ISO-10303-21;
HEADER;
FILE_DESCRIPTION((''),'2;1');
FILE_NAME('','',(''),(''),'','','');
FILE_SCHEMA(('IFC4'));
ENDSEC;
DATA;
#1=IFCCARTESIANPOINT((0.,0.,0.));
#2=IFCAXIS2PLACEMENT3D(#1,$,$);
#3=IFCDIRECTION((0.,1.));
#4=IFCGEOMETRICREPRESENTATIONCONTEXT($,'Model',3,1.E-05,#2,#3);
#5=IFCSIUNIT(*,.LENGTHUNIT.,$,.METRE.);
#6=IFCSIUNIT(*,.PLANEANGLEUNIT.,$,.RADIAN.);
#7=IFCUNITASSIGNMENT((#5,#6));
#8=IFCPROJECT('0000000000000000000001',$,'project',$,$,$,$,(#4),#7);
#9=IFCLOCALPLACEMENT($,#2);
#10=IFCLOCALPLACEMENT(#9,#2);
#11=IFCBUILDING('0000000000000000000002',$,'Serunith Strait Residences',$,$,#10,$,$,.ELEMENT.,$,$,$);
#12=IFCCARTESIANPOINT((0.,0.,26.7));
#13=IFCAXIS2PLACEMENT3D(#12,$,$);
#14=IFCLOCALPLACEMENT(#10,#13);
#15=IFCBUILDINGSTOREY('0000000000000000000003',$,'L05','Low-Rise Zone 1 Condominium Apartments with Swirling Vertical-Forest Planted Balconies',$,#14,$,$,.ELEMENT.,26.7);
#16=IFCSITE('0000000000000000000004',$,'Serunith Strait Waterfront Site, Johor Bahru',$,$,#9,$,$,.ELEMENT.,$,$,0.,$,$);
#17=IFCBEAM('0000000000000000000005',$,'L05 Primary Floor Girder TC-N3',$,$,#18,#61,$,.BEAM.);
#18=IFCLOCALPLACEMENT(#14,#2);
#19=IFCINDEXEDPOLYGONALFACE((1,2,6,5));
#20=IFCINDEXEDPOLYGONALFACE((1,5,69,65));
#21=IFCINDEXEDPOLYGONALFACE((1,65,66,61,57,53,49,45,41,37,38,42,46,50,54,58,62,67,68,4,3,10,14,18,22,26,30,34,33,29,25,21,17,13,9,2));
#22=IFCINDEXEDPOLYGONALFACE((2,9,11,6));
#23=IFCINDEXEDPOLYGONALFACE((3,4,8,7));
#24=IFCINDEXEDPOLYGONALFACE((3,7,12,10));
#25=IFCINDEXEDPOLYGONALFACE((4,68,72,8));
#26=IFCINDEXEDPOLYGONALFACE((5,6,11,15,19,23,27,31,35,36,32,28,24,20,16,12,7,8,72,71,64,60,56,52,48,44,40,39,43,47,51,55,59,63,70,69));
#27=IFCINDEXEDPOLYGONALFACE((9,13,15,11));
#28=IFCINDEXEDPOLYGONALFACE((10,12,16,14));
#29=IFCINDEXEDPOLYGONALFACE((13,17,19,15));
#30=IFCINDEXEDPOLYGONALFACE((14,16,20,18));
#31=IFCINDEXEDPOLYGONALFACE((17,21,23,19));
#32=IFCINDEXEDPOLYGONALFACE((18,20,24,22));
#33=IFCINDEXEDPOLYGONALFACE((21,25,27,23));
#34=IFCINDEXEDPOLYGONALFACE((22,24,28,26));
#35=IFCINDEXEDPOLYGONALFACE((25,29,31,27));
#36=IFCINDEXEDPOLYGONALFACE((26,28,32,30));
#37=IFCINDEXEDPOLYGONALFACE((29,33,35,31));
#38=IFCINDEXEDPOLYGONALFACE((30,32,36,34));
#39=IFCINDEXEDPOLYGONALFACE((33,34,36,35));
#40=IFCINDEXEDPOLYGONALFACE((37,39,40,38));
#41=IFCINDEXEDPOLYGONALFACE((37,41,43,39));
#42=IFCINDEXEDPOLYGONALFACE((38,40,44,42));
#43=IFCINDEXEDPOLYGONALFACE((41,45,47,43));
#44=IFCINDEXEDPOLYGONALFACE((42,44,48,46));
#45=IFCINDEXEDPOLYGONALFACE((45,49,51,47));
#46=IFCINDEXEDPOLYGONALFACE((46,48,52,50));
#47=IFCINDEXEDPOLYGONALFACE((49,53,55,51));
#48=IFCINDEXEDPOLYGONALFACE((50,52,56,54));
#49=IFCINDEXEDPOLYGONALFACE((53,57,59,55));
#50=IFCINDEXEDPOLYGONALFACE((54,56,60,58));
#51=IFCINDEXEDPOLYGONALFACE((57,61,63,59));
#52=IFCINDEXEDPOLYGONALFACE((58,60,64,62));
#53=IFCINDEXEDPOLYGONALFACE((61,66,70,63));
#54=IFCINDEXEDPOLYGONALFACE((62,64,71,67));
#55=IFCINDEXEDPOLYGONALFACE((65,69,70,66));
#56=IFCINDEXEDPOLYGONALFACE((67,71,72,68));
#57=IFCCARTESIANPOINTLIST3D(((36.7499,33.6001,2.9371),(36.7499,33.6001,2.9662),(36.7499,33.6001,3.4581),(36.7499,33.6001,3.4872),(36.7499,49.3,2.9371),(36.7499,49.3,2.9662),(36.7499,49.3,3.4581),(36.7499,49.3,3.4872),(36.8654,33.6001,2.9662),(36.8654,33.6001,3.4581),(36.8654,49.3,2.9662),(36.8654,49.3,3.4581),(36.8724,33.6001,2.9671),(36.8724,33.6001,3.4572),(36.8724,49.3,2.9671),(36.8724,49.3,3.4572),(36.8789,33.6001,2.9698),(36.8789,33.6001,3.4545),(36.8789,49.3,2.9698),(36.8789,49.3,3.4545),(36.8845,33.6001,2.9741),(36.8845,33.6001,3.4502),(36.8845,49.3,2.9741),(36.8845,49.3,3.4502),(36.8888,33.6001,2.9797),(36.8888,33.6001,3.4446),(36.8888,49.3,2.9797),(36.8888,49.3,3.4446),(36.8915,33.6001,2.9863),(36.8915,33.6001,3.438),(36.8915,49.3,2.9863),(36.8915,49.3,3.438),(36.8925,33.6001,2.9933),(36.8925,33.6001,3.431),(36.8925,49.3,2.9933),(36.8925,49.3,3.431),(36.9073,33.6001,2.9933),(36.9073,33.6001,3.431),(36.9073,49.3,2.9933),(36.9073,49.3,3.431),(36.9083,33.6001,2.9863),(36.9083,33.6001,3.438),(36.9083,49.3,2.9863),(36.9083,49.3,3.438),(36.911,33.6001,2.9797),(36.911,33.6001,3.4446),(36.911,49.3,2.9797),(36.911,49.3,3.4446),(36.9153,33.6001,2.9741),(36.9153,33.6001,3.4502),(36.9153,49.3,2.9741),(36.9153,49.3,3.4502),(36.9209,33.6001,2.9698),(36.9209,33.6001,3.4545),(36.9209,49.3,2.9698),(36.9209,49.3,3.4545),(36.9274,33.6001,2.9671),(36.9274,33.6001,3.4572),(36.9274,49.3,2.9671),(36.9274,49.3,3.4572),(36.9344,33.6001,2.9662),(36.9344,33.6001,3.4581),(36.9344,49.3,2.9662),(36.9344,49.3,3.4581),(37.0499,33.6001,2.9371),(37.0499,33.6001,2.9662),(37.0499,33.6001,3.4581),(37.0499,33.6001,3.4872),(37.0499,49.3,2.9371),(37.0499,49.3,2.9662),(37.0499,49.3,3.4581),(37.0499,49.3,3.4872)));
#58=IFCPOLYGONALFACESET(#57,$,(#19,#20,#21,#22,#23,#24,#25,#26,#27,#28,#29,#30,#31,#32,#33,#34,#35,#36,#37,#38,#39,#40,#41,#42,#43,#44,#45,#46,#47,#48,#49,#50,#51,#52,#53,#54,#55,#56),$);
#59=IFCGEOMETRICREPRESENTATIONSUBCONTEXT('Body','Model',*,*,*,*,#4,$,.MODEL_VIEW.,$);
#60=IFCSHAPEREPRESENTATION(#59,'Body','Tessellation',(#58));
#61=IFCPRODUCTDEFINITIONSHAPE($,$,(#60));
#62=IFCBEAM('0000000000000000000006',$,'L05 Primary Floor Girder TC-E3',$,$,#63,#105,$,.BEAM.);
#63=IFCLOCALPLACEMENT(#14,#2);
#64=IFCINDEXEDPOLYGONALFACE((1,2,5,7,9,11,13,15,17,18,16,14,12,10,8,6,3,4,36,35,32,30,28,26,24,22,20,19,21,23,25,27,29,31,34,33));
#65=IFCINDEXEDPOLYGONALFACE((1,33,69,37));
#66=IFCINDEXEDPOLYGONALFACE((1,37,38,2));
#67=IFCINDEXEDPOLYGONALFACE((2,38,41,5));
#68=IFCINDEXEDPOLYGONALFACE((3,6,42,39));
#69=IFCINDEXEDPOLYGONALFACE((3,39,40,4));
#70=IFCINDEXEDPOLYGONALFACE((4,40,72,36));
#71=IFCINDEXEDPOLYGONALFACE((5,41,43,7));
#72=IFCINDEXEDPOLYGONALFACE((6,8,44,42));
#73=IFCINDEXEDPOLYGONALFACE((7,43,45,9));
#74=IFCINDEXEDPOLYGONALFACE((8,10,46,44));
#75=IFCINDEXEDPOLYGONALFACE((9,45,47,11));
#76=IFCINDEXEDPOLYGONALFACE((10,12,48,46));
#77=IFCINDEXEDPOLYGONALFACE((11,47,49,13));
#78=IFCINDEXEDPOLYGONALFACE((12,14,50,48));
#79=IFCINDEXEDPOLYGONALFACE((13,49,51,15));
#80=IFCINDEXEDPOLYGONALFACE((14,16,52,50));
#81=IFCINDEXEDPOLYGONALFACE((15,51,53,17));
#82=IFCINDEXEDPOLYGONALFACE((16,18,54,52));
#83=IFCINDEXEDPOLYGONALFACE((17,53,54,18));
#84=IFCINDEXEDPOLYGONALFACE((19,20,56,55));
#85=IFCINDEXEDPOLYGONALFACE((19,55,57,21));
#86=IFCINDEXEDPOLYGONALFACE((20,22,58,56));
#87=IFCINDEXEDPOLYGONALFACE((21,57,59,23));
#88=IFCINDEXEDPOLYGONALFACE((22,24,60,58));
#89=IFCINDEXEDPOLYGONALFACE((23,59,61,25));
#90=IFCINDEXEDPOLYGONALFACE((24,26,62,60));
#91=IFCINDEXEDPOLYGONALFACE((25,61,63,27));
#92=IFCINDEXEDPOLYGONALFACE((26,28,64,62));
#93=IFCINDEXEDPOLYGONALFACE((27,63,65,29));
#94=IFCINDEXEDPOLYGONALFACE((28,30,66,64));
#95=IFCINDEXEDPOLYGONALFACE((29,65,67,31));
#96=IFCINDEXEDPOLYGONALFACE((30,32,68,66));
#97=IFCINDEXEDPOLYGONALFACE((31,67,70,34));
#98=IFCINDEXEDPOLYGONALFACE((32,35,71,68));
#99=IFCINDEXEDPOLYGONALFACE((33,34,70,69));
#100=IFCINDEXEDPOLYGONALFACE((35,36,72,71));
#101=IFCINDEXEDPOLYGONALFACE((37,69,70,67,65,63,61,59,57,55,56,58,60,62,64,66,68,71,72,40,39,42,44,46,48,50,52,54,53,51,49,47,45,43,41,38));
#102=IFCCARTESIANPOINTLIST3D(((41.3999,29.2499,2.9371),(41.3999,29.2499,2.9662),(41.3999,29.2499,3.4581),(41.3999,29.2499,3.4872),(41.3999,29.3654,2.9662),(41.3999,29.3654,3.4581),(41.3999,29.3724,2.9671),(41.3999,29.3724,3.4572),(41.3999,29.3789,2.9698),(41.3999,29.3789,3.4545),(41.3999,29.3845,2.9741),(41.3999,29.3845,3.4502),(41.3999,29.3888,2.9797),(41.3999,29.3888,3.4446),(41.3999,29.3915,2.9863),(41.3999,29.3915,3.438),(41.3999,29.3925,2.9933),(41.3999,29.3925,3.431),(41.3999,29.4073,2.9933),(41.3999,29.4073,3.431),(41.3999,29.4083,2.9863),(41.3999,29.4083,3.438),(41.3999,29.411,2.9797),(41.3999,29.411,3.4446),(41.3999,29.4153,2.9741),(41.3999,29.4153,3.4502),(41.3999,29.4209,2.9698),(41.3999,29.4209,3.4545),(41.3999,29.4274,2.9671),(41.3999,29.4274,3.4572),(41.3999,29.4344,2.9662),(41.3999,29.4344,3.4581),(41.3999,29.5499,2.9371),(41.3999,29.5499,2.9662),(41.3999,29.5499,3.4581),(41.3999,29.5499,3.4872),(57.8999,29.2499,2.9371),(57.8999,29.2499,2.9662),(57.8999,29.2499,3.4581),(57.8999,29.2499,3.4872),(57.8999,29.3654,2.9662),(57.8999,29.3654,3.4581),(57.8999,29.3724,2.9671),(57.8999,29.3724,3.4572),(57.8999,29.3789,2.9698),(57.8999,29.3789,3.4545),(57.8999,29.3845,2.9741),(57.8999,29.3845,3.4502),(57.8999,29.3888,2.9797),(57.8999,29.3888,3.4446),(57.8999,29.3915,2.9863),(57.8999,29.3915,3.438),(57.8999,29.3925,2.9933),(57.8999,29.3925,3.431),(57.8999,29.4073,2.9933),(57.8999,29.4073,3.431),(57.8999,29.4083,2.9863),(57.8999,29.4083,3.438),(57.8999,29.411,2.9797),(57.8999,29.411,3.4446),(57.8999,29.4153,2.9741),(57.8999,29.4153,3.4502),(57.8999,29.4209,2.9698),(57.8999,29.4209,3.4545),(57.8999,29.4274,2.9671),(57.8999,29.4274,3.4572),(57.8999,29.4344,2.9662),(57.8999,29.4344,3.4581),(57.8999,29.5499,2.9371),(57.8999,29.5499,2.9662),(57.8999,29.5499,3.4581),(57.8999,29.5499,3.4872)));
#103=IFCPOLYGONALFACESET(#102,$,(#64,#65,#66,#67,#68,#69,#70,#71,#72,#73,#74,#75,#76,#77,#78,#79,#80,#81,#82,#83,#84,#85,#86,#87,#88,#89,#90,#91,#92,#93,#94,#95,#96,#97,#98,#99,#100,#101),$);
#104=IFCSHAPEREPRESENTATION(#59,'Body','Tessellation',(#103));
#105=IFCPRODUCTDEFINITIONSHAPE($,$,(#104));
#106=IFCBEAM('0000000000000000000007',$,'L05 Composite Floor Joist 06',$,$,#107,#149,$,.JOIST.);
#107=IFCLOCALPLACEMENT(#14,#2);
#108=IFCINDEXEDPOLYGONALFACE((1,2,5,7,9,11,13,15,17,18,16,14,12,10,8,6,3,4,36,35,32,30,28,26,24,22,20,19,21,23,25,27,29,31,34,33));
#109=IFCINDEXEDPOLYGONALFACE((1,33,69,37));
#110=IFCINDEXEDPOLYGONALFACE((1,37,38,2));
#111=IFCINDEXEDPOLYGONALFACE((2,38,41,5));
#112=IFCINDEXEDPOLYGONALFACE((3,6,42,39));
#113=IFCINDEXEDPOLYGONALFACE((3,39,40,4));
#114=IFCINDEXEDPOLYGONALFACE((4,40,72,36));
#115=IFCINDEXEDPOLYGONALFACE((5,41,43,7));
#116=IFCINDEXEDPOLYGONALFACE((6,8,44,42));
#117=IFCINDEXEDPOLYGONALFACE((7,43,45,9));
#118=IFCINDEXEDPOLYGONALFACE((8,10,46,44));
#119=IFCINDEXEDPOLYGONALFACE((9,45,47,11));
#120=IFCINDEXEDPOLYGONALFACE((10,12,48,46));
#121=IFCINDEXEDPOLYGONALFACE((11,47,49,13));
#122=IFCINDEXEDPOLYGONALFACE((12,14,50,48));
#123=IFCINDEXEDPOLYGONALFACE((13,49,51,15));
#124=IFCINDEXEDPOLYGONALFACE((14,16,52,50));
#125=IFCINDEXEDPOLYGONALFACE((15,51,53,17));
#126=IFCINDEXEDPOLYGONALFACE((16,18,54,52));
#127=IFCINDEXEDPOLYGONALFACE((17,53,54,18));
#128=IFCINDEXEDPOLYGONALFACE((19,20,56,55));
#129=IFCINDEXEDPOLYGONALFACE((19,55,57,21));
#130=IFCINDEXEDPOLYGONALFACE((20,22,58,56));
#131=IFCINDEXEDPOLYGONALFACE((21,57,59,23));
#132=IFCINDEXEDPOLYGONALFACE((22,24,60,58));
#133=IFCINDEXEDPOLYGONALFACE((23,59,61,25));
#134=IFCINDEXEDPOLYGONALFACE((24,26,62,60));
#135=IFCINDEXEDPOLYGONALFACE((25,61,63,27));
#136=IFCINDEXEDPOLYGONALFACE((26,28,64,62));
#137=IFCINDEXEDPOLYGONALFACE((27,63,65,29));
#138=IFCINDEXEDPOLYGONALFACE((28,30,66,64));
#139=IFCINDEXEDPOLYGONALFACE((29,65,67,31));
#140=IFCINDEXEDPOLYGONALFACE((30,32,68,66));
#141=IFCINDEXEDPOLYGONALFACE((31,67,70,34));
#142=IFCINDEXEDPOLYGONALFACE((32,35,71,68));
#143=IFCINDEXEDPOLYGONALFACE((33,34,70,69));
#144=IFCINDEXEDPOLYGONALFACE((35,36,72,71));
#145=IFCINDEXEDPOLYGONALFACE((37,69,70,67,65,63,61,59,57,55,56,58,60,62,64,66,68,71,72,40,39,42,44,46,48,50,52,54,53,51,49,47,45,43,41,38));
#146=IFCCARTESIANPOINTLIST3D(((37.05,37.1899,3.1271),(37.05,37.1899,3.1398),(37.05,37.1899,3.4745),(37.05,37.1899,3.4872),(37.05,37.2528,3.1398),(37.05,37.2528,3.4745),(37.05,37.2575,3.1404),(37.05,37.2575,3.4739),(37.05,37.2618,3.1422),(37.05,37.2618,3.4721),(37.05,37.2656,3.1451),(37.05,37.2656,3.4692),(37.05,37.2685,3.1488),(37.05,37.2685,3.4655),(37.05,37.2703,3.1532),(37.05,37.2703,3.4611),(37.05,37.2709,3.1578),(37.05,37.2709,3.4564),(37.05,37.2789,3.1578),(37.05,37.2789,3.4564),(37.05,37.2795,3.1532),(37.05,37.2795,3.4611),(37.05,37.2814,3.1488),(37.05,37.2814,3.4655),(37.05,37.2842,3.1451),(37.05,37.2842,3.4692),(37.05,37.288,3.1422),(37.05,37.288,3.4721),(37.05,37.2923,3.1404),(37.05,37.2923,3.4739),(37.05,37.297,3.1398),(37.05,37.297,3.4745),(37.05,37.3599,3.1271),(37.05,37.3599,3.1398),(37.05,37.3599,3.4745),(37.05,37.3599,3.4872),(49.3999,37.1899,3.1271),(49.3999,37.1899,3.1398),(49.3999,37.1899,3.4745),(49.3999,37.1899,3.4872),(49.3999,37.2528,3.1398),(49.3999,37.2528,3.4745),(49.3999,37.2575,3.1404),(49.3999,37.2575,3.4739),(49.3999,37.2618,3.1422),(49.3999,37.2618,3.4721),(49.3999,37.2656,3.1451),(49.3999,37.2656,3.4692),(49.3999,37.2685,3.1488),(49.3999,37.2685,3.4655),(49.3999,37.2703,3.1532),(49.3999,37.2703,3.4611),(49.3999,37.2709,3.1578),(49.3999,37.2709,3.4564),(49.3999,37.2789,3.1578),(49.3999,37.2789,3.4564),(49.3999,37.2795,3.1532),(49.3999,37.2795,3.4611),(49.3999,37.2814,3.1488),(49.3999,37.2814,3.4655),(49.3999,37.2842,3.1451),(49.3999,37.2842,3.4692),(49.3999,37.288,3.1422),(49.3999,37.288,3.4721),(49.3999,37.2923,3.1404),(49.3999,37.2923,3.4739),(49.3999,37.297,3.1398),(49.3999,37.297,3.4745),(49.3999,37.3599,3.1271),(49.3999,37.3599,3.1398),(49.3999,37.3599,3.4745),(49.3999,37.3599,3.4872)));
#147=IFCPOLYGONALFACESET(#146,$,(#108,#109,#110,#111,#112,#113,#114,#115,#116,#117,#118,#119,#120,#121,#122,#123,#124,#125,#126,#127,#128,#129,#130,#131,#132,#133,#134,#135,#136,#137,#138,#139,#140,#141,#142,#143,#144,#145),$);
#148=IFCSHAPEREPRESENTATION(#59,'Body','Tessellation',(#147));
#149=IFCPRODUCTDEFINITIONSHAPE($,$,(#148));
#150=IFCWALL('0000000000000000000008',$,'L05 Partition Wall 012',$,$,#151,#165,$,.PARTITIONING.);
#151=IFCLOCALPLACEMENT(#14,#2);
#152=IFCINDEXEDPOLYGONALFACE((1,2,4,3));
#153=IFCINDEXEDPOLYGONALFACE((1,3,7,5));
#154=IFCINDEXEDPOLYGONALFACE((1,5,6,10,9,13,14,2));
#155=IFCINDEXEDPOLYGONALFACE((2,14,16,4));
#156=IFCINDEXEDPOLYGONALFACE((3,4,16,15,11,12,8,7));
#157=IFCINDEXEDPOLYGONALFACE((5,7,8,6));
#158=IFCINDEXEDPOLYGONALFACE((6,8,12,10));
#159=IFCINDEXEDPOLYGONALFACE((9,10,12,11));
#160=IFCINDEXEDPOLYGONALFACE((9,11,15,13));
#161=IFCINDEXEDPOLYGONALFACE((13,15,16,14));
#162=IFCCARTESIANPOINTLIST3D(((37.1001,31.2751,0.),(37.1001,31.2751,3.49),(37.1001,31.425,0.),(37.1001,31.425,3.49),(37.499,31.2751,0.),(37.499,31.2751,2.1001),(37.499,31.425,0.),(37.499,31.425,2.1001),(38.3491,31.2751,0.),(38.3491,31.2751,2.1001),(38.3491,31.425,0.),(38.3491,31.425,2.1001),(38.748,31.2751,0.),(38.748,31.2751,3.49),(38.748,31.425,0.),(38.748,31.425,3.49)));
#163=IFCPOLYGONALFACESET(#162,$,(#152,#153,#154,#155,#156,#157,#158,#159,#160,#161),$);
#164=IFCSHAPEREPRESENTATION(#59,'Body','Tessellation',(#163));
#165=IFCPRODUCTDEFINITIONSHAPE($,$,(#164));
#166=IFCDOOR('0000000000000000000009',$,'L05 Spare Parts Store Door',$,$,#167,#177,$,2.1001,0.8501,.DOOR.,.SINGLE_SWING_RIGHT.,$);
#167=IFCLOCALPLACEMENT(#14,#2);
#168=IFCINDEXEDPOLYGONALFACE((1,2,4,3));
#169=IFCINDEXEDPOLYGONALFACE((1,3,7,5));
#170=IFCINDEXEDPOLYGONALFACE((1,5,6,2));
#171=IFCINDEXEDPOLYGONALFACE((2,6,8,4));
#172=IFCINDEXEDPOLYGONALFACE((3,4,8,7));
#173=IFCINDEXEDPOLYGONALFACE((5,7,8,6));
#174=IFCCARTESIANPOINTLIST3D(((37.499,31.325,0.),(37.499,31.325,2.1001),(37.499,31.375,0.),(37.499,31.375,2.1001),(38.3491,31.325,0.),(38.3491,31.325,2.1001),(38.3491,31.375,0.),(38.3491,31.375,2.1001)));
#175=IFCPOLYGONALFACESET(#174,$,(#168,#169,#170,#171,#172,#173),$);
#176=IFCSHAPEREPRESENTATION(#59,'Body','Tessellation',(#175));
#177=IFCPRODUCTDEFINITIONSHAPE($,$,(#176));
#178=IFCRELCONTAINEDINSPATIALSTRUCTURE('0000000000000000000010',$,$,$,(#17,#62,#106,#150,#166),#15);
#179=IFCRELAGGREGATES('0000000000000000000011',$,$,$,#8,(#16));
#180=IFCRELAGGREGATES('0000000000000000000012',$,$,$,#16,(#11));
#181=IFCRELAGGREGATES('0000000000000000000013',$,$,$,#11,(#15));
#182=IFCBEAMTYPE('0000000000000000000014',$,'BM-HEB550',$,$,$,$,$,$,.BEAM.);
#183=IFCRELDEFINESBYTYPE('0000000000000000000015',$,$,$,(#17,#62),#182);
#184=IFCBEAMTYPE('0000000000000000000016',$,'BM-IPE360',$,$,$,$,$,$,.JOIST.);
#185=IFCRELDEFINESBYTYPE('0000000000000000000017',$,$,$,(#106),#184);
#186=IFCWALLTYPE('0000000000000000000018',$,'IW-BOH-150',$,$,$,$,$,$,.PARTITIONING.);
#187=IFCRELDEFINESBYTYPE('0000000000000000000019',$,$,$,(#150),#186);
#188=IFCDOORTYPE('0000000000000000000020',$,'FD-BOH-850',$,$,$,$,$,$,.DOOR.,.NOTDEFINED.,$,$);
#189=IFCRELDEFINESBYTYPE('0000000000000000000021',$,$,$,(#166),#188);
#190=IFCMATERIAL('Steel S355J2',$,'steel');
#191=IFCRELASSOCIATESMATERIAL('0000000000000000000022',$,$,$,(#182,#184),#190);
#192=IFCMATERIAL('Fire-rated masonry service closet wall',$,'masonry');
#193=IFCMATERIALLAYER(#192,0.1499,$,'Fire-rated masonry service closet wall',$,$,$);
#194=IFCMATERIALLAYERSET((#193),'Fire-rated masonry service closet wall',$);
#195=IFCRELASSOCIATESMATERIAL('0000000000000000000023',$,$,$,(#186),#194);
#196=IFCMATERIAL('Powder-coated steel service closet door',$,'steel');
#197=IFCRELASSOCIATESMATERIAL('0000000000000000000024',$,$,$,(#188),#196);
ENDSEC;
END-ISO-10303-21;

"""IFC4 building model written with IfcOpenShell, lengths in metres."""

from ifc_helpers import new_model, si_unit, direction, frame, frame_2d, origin, origin_2d, place, context, subcontext, project, spatial, rectangle, i_section, extrude, source, transform, mapped, material, layer, layer_set, material_profile, profile_set, type_object, element, fill, save


model = new_model("IFC4")

# Units and contexts
model_context = context("Model", 3, precision=1e-05, world=origin(), true_north=direction((0.0, 1.0)))
body_context = subcontext(model_context, "Body", "Model", "MODEL_VIEW")
ifc_project = project(units=[si_unit("LENGTHUNIT", "METRE"), si_unit("PLANEANGLEUNIT", "RADIAN")], contexts=[model_context])

# Site, building, storey
site_placement = place(None, origin())
site = spatial("IfcSite", under=ifc_project, at=site_placement, Name="Serunith Strait Waterfront Site, Johor Bahru", CompositionType="ELEMENT", RefElevation=0.0)
building_placement = place(site_placement, origin())
building = spatial("IfcBuilding", under=site, at=building_placement, Name="Serunith Strait Residences", CompositionType="ELEMENT")
storey_placement = place(building_placement, frame((0.0, 0.0, 26.7)))
storey = spatial("IfcBuildingStorey", under=building, at=storey_placement, Name="L05", Description="Low-Rise Zone 1 Condominium Apartments with Swirling Vertical-Forest Planted Balconies", CompositionType="ELEMENT", Elevation=26.7)

# Beams
ifc_material_1 = material(Name="Steel S355J2", Category="steel")
ifc_material_profile_1 = material_profile(ifc_material_1, i_section(OverallWidth=0.3, OverallDepth=0.55, WebThickness=0.0149, FlangeThickness=0.0291, FilletRadius=0.0271, at=origin_2d()), Name="HEB 550")
ifc_profile_set_1 = profile_set([ifc_material_profile_1], Name="Steel S355J2")
beam_type_1 = type_object("IfcBeamType", Name="BM-HEB550", PredefinedType="BEAM", material=ifc_profile_set_1)
shared_shape_1 = source(origin(), body_context, "Body", "SweptSolid", [
    extrude(i_section(OverallWidth=0.3, OverallDepth=0.55, WebThickness=0.0149, FlangeThickness=0.0291, FilletRadius=0.0271, at=origin_2d()), origin(), (0.0, 0.0, 1.0), 15.7),
])
beam_1_placement = place(storey_placement, frame((36.8999, 33.6001, 3.2122), z_axis=(0.0, 1.0, 0.0), x_axis=(-1.0, 0.0, 0.0)))
element("IfcBeam", 1, at=beam_1_placement, inside=storey, type_object=beam_type_1, Name="L05 Primary Floor Girder TC-N3", PredefinedType="BEAM", context=body_context, shape_type="MappedRepresentation", body=[
    mapped(shared_shape_1, transform((0.0, 0.0, 0.0), scale=1.0)),
])
shared_shape_2 = source(origin(), body_context, "Body", "SweptSolid", [
    extrude(i_section(OverallWidth=0.3, OverallDepth=0.55, WebThickness=0.0149, FlangeThickness=0.0291, FilletRadius=0.0271, at=origin_2d()), origin(), (0.0, 0.0, 1.0), 16.5),
])
beam_2_placement = place(storey_placement, frame((41.3999, 29.3999, 3.2122), z_axis=(1.0, 0.0, 0.0), x_axis=(0.0, 1.0, 0.0)))
element("IfcBeam", 2, at=beam_2_placement, inside=storey, type_object=beam_type_1, Name="L05 Primary Floor Girder TC-E3", PredefinedType="BEAM", context=body_context, shape_type="MappedRepresentation", body=[
    mapped(shared_shape_2, transform((0.0, 0.0, 0.0), scale=1.0)),
])
ifc_material_profile_2 = material_profile(ifc_material_1, i_section(OverallWidth=0.1699, OverallDepth=0.3601, WebThickness=0.0081, FlangeThickness=0.0127, FilletRadius=0.0181, at=origin_2d()), Name="IPE 360")
ifc_profile_set_2 = profile_set([ifc_material_profile_2], Name="Steel S355J2")
beam_type_2 = type_object("IfcBeamType", Name="BM-IPE360", PredefinedType="JOIST", material=ifc_profile_set_2)
shared_shape_3 = source(origin(), body_context, "Body", "SweptSolid", [
    extrude(i_section(OverallWidth=0.1699, OverallDepth=0.3601, WebThickness=0.0081, FlangeThickness=0.0127, FilletRadius=0.0181, at=origin_2d()), origin(), (0.0, 0.0, 1.0), 12.3499),
])
beam_3_placement = place(storey_placement, frame((37.05, 37.2749, 3.3071), z_axis=(1.0, 0.0, 0.0), x_axis=(0.0, 1.0, 0.0)))
element("IfcBeam", 3, at=beam_3_placement, inside=storey, type_object=beam_type_2, Name="L05 Composite Floor Joist 06", PredefinedType="JOIST", context=body_context, shape_type="MappedRepresentation", body=[
    mapped(shared_shape_3, transform((0.0, 0.0, 0.0), scale=1.0)),
])

# Wall, opening, door
ifc_material_2 = material(Name="Fire-rated masonry service closet wall", Category="masonry")
ifc_layer_1 = layer(ifc_material_2, 0.1499, Name="Fire-rated masonry service closet wall")
ifc_layer_set_1 = layer_set([ifc_layer_1], Name="Fire-rated masonry service closet wall")
wall_type_1 = type_object("IfcWallType", Name="IW-BOH-150", PredefinedType="PARTITIONING", material=ifc_layer_set_1)
wall_1_placement = place(storey_placement, frame((37.1001, 31.3501, 0.0), z_axis=(0.0, 0.0, 1.0), x_axis=(1.0, 0.0, 0.0)))
wall_1 = element("IfcWall", 4, at=wall_1_placement, inside=storey, type_object=wall_type_1, Name="L05 Partition Wall 012", PredefinedType="PARTITIONING", context=body_context, shape_type="SweptSolid", body=[
    extrude(rectangle(XDim=1.6479, YDim=0.1499, at=frame_2d((0.824, 0.0))), origin(), (0.0, 0.0, 1.0), 3.49),
])
opening_1_placement = place(wall_1_placement, frame((0.3989, 0.0, 0.0)))
opening_1 = element("IfcOpeningElement", 5, at=opening_1_placement, cuts=wall_1, PredefinedType="OPENING", context=body_context, shape_type="SweptSolid", body=[
    extrude(rectangle(XDim=0.8501, YDim=2.1001, at=frame_2d((0.425, 1.05))), frame((0.0, 0.085, 0.0), z_axis=(0.0, -1.0, 0.0), x_axis=(1.0, 0.0, 0.0)), (0.0, 0.0, 1.0), 0.1699),
])
ifc_material_3 = material(Name="Powder-coated steel service closet door", Category="steel")
door_type_1 = type_object("IfcDoorType", Name="FD-BOH-850", OperationType="NOTDEFINED", PredefinedType="DOOR", material=ifc_material_3)
shared_shape_4 = source(origin(), body_context, "Body", "SweptSolid", [
    extrude(rectangle(XDim=0.8501, YDim=2.1001, at=frame_2d((0.425, 1.05))), frame((0.0, 0.0249, 0.0), z_axis=(0.0, -1.0, 0.0), x_axis=(1.0, 0.0, 0.0)), (0.0, 0.0, 1.0), 0.05),
])
door_1_placement = place(opening_1_placement, origin())
door_1 = element("IfcDoor", 6, at=door_1_placement, inside=storey, type_object=door_type_1, Name="L05 Spare Parts Store Door", OperationType="SINGLE_SWING_RIGHT", OverallHeight=2.1001, OverallWidth=0.8501, PredefinedType="DOOR", context=body_context, shape_type="MappedRepresentation", body=[
    mapped(shared_shape_4, transform((0.0, 0.0, 0.0), scale=1.0)),
])
fill(opening_1, door_1)

save(model, "model.ifc")
